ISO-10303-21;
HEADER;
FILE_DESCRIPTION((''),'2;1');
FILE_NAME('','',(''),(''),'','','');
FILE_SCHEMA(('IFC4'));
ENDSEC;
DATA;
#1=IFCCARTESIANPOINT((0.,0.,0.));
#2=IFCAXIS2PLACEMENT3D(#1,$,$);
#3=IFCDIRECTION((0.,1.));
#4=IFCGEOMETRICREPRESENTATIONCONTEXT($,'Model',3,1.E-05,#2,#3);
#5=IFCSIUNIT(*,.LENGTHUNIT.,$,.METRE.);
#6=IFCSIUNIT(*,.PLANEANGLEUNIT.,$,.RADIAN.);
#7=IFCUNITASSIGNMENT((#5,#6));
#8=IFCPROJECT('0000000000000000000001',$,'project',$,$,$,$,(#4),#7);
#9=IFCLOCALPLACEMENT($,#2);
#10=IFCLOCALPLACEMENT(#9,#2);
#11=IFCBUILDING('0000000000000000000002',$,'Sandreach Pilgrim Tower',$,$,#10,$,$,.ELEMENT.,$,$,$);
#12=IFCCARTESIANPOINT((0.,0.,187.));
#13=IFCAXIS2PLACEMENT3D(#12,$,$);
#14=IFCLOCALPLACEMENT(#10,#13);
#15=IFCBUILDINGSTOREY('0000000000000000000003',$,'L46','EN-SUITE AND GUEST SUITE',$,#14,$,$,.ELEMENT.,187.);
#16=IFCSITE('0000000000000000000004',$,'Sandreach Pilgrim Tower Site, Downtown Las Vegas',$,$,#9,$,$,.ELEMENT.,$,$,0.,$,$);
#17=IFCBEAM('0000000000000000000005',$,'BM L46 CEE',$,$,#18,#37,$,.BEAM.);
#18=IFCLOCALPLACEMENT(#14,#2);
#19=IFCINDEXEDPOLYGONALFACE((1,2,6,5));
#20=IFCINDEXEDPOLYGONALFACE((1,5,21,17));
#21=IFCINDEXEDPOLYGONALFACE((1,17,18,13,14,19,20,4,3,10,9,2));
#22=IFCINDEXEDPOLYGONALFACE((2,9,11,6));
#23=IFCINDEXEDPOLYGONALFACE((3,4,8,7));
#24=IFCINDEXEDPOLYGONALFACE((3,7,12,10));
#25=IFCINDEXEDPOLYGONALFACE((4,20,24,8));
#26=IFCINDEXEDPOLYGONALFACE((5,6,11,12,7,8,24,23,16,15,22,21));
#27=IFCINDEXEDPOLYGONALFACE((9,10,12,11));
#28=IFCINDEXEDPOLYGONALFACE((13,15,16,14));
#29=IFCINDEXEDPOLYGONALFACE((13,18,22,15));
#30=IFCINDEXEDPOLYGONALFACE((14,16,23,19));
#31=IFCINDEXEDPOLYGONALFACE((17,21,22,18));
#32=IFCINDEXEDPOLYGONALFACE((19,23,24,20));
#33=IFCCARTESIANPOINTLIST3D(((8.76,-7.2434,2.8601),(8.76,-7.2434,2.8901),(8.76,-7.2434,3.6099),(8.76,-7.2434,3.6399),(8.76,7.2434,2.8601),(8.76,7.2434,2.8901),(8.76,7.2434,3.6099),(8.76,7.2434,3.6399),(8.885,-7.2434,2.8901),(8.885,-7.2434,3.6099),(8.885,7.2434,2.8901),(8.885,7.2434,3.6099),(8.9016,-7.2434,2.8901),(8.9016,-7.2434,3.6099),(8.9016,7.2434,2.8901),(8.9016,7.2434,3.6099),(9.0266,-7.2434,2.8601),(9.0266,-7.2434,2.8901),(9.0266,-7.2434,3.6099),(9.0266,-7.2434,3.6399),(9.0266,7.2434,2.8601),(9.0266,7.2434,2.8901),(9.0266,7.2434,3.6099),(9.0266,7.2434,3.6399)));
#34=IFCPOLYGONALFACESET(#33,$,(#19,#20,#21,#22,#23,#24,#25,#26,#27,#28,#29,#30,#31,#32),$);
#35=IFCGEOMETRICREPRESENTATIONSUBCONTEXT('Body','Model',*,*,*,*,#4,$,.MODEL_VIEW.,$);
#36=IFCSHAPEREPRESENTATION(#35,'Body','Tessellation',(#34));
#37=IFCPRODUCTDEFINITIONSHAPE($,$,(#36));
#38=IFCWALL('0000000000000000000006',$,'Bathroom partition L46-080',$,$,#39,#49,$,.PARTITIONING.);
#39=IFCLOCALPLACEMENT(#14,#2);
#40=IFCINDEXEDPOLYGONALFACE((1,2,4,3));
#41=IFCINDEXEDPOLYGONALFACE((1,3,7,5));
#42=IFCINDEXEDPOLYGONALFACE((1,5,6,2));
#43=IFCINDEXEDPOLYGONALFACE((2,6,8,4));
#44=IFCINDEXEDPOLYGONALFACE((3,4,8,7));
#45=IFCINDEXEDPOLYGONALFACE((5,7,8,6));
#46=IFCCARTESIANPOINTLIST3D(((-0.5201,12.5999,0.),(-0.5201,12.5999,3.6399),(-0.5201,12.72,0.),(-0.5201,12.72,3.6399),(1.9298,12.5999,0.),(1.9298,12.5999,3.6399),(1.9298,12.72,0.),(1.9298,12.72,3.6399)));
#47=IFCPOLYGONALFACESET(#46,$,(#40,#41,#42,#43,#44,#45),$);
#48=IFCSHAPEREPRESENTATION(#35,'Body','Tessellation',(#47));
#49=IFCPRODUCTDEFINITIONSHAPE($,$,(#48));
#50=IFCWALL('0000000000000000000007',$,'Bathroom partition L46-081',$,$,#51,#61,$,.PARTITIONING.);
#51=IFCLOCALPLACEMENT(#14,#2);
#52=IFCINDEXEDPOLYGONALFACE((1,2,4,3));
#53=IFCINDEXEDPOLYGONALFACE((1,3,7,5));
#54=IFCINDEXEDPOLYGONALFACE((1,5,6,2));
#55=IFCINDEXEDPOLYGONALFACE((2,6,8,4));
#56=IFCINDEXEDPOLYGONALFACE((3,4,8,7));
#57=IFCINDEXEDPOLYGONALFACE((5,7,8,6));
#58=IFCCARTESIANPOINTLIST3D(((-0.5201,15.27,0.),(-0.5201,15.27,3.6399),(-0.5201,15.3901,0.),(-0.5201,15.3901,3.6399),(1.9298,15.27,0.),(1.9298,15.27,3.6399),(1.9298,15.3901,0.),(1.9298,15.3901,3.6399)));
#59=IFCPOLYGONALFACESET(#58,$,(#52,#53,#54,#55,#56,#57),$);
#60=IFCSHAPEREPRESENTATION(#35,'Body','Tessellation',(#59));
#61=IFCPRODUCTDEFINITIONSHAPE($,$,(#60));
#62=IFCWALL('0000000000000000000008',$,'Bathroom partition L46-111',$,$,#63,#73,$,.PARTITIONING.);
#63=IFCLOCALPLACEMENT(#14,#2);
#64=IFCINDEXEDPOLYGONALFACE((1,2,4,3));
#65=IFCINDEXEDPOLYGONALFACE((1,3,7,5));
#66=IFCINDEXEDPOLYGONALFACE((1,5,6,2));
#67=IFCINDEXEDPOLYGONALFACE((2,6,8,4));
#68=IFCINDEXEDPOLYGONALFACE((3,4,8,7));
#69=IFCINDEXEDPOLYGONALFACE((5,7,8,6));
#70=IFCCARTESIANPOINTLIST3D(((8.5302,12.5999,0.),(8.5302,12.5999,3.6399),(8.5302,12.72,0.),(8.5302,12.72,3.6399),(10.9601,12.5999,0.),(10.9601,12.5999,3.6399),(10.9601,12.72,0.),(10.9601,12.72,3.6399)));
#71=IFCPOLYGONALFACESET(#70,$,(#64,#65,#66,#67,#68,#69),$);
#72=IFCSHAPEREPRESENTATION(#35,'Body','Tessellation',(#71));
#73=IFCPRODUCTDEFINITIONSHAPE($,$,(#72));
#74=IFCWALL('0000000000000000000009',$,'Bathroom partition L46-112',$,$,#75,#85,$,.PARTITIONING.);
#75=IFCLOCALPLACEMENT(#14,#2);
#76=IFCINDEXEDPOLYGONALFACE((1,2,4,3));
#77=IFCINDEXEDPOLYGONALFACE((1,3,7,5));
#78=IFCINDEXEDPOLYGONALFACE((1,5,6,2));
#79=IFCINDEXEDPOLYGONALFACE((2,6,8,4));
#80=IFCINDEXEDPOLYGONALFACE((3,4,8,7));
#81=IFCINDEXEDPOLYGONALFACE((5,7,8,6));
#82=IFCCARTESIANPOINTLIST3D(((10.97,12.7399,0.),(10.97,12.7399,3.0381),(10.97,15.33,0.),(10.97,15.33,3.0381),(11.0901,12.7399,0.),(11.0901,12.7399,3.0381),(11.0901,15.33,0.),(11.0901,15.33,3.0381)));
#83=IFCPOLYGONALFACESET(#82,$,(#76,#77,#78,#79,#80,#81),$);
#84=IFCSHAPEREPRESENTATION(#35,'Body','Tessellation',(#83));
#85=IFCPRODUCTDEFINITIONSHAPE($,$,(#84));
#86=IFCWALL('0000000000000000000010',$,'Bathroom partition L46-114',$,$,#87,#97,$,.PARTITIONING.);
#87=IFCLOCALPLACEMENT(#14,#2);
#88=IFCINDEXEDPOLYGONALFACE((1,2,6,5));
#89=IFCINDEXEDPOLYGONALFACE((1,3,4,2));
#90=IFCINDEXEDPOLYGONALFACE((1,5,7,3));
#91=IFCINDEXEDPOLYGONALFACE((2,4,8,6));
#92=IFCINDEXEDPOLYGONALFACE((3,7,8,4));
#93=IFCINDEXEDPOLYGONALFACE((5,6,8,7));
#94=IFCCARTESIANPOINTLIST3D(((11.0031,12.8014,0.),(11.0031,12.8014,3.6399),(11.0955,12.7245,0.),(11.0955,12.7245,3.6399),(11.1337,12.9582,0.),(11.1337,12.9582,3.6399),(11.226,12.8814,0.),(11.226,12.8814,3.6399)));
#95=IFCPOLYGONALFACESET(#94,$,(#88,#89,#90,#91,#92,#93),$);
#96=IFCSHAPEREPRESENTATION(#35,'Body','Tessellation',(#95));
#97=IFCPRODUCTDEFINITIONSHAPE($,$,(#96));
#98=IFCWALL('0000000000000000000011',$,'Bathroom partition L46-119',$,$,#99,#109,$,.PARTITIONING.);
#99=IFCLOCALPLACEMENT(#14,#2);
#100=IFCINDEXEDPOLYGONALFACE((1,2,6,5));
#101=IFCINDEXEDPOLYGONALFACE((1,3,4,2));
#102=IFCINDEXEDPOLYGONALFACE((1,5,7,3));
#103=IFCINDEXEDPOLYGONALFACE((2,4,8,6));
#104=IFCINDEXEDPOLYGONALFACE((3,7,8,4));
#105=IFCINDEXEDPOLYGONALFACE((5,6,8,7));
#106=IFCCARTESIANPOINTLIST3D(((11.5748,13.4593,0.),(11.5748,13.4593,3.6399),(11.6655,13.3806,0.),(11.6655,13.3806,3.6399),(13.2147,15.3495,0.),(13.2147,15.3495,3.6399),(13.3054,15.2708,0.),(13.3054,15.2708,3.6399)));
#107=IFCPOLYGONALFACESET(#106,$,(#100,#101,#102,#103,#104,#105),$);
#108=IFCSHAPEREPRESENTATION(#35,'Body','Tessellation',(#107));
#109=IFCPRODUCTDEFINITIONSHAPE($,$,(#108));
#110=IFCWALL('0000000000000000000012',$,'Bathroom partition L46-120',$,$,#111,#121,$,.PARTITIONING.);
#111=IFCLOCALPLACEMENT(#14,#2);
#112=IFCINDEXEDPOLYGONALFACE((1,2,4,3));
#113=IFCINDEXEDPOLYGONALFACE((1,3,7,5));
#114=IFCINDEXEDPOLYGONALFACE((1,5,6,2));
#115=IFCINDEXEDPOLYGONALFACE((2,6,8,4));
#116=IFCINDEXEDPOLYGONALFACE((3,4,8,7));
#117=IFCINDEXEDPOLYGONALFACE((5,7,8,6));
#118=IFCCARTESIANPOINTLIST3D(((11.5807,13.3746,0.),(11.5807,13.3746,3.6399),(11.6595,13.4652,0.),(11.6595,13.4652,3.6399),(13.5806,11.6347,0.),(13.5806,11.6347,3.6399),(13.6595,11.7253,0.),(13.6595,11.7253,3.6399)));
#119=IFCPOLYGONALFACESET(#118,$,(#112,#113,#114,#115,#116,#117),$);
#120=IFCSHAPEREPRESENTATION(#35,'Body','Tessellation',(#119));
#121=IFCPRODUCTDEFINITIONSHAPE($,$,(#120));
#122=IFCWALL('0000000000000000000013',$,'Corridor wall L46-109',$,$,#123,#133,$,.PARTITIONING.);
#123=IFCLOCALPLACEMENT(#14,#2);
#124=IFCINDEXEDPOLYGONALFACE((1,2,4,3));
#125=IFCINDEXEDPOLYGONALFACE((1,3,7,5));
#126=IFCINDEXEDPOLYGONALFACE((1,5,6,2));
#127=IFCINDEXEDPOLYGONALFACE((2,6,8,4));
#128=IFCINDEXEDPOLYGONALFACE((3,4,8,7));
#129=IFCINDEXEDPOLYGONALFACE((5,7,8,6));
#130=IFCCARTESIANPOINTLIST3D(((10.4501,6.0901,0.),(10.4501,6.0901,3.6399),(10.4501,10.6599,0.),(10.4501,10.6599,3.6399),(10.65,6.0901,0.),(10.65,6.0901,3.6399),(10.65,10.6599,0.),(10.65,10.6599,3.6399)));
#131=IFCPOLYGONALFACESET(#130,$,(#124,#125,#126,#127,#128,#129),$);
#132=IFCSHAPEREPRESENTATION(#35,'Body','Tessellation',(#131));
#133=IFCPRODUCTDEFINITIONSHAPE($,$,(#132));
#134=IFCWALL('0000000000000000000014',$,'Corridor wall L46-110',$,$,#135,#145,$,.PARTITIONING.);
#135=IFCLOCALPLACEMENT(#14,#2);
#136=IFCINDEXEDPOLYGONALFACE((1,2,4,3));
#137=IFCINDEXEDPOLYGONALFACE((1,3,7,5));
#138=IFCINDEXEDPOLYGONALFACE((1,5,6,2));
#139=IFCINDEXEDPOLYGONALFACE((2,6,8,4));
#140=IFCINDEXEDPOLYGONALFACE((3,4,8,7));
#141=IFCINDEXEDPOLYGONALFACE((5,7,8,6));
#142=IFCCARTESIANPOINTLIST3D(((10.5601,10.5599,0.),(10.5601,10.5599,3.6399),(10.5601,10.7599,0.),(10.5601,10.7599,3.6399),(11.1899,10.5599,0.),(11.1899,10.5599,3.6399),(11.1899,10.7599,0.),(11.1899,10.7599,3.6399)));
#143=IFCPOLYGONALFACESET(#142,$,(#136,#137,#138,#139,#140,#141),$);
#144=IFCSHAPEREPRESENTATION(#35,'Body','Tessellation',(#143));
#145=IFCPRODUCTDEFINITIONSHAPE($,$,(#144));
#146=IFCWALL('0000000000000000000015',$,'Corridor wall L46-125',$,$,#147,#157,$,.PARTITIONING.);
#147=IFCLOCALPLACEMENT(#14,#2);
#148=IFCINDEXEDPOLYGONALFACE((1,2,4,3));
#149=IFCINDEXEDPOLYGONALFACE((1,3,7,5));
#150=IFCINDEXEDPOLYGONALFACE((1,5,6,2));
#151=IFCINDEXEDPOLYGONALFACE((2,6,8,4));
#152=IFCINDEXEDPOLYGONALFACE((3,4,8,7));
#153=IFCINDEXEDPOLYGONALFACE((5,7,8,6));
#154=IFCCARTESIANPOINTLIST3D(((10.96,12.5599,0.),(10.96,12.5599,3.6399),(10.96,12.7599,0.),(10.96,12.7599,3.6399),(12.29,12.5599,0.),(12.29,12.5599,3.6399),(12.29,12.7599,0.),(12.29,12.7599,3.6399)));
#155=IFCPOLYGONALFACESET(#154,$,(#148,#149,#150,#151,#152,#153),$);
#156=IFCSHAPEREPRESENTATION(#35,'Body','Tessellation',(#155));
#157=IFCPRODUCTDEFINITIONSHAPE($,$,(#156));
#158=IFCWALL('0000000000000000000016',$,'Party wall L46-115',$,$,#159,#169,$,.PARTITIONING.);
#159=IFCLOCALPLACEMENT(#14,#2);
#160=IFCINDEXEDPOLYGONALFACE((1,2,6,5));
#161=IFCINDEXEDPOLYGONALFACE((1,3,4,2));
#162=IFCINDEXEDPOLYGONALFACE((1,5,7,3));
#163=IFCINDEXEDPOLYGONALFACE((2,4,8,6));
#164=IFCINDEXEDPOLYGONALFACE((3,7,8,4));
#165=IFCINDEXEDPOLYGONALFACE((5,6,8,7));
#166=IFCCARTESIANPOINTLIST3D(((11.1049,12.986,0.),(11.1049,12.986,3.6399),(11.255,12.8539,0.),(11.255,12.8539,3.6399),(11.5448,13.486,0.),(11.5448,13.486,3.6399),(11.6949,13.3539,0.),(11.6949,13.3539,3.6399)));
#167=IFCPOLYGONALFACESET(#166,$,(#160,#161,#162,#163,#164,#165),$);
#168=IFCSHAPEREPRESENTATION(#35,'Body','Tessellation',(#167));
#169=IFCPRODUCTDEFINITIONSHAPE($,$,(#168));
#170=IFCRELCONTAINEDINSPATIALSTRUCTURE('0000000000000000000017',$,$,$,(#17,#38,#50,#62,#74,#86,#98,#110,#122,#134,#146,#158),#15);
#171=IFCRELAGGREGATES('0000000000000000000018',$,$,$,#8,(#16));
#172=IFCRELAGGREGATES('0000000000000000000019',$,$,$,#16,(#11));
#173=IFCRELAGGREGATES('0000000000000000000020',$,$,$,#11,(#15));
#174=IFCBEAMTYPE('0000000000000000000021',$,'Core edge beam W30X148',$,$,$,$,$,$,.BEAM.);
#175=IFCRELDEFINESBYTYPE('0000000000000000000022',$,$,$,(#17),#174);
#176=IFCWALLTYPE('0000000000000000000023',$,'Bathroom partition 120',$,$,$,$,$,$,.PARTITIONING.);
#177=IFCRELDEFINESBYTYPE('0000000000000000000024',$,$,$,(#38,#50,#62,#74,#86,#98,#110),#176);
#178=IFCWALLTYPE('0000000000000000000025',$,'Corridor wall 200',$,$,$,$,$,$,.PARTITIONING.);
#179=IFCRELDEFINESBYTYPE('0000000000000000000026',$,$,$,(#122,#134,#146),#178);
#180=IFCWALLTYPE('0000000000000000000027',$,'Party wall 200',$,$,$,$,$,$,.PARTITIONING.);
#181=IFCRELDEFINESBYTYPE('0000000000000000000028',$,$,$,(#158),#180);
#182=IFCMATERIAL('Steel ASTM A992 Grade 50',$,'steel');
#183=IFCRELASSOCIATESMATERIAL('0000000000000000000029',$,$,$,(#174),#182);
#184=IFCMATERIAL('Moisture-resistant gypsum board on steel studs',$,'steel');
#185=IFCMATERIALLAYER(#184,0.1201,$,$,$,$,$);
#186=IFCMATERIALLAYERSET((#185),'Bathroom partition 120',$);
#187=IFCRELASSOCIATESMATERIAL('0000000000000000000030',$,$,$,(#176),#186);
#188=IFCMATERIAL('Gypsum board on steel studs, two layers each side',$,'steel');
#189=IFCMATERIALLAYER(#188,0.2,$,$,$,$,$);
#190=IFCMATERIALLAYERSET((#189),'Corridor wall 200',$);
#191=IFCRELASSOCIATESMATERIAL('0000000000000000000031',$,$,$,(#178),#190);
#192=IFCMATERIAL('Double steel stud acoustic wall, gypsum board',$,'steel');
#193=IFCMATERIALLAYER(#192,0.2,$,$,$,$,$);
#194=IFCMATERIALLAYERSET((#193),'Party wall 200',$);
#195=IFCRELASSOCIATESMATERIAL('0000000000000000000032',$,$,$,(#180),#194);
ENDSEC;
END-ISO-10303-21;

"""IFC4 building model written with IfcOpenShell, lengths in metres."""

from ifc_helpers import new_model, si_unit, direction, frame, frame_2d, origin, origin_2d, place, context, subcontext, project, spatial, rectangle, i_section, extrude, material, layer, layer_set, material_profile, profile_set, type_object, element, save


model = new_model("IFC4")

# Units and contexts
model_context = context("Model", 3, precision=1e-05, world=origin(), true_north=direction((0.0, 1.0)))
body_context = subcontext(model_context, "Body", "Model", "MODEL_VIEW")
ifc_project = project(units=[si_unit("LENGTHUNIT", "METRE"), si_unit("PLANEANGLEUNIT", "RADIAN")], contexts=[model_context])

# Site, building, storey
site_placement = place(None, origin())
site = spatial("IfcSite", under=ifc_project, at=site_placement, Name="Sandreach Pilgrim Tower Site, Downtown Las Vegas", CompositionType="ELEMENT", RefElevation=0.0)
building_placement = place(site_placement, origin())
building = spatial("IfcBuilding", under=site, at=building_placement, Name="Sandreach Pilgrim Tower", CompositionType="ELEMENT")
storey_placement = place(building_placement, frame((0.0, 0.0, 187.0)))
storey = spatial("IfcBuildingStorey", under=building, at=storey_placement, Name="L46", Description="EN-SUITE AND GUEST SUITE", CompositionType="ELEMENT", Elevation=187.0)

# Beam
ifc_material_1 = material(Name="Steel ASTM A992 Grade 50", Category="steel")
ifc_material_profile = material_profile(ifc_material_1, i_section(OverallWidth=0.2666, OverallDepth=0.7798, WebThickness=0.0166, FlangeThickness=0.03, at=origin_2d()), Name="W30X148")
ifc_profile_set = profile_set([ifc_material_profile], Name="Steel ASTM A992 Grade 50")
beam_type = type_object("IfcBeamType", Name="Core edge beam W30X148", PredefinedType="BEAM", material=ifc_profile_set)
beam_placement = place(storey_placement, frame((8.8933, 7.2434, 3.25), z_axis=(0.0, -1.0, 0.0), x_axis=(1.0, 0.0, 0.0)))
element("IfcBeam", 1, at=beam_placement, inside=storey, type_object=beam_type, Name="BM L46 CEE", PredefinedType="BEAM", context=body_context, shape_type="SweptSolid", body=[
    extrude(i_section(OverallWidth=0.2666, OverallDepth=0.7798, WebThickness=0.0166, FlangeThickness=0.03, at=origin_2d()), origin(), (0.0, 0.0, 1.0), 14.4868),
])

# Walls
ifc_material_2 = material(Name="Moisture-resistant gypsum board on steel studs", Category="steel")
ifc_layer_1 = layer(ifc_material_2, 0.1201)
ifc_layer_set_1 = layer_set([ifc_layer_1], Name="Bathroom partition 120")
wall_type_1 = type_object("IfcWallType", Name="Bathroom partition 120", PredefinedType="PARTITIONING", material=ifc_layer_set_1)
for number, where, z_axis, x_axis, name in (
    (2, (1.9299, 12.6599, 0.0), (0.0, 0.0, 1.0), (-1.0, 0.0, 0.0), "Bathroom partition L46-080"),
    (3, (1.9299, 15.3301, 0.0), (0.0, 0.0, 1.0), (-1.0, 0.0, 0.0), "Bathroom partition L46-081"),
):
    element("IfcWall", number, at=place(storey_placement, frame(where, z_axis=z_axis, x_axis=x_axis)), inside=storey, type_object=wall_type_1, Name=name, PredefinedType="PARTITIONING", context=body_context, shape_type="SweptSolid", body=[
        extrude(rectangle(XDim=2.45, YDim=0.1201, at=frame_2d((1.2251, 0.0))), origin(), (0.0, 0.0, 1.0), 3.6399),
    ])
wall_1_placement = place(storey_placement, frame((10.96, 12.6599, 0.0), z_axis=(0.0, 0.0, 1.0), x_axis=(-1.0, 0.0, 0.0)))
element("IfcWall", 4, at=wall_1_placement, inside=storey, type_object=wall_type_1, Name="Bathroom partition L46-111", PredefinedType="PARTITIONING", context=body_context, shape_type="SweptSolid", body=[
    extrude(rectangle(XDim=2.4299, YDim=0.1201, at=frame_2d((1.2148, 0.0))), origin(), (0.0, 0.0, 1.0), 3.6399),
])
wall_2_placement = place(storey_placement, frame((11.03, 12.74, 0.0), z_axis=(0.0, 0.0, 1.0), x_axis=(0.0, 1.0, 0.0)))
element("IfcWall", 5, at=wall_2_placement, inside=storey, type_object=wall_type_1, Name="Bathroom partition L46-112", PredefinedType="PARTITIONING", context=body_context, shape_type="SweptSolid", body=[
    extrude(rectangle(XDim=2.5901, YDim=0.1201, at=frame_2d((1.2949, 0.0))), origin(), (0.0, 0.0, 1.0), 3.0381),
])
wall_3_placement = place(storey_placement, frame((11.0493, 12.7629, 0.0), z_axis=(0.0, 0.0, 1.0), x_axis=(0.639596, 0.768711, 0.0)))
element("IfcWall", 6, at=wall_3_placement, inside=storey, type_object=wall_type_1, Name="Bathroom partition L46-114", PredefinedType="PARTITIONING", context=body_context, shape_type="SweptSolid", body=[
    extrude(rectangle(XDim=0.2041, YDim=0.1201, at=frame_2d((0.1021, 0.0))), origin(), (0.0, 0.0, 1.0), 3.6399),
])
wall_4_placement = place(storey_placement, frame((11.6201, 13.4199, 0.0), z_axis=(0.0, 0.0, 1.0), x_axis=(0.655335, 0.755338, 0.0)))
element("IfcWall", 7, at=wall_4_placement, inside=storey, type_object=wall_type_1, Name="Bathroom partition L46-119", PredefinedType="PARTITIONING", context=body_context, shape_type="SweptSolid", body=[
    extrude(rectangle(XDim=2.5024, YDim=0.1201, at=frame_2d((1.2512, 0.0))), origin(), (0.0, 0.0, 1.0), 3.6399),
])
wall_5_placement = place(storey_placement, frame((11.6201, 13.4199, 0.0), z_axis=(0.0, 0.0, 1.0), x_axis=(0.754445, -0.656363, 0.0)))
element("IfcWall", 8, at=wall_5_placement, inside=storey, type_object=wall_type_1, Name="Bathroom partition L46-120", PredefinedType="PARTITIONING", context=body_context, shape_type="SweptSolid", body=[
    extrude(rectangle(XDim=2.6509, YDim=0.1201, at=frame_2d((1.3254, 0.0))), origin(), (0.0, 0.0, 1.0), 3.6399),
])

# Shared definitions
ifc_material_3 = material(Name="Gypsum board on steel studs, two layers each side", Category="steel")
ifc_layer_2 = layer(ifc_material_3, 0.2)
ifc_layer_set_2 = layer_set([ifc_layer_2], Name="Corridor wall 200")
wall_type_2 = type_object("IfcWallType", Name="Corridor wall 200", PredefinedType="PARTITIONING", material=ifc_layer_set_2)

# Walls
wall_6_placement = place(storey_placement, frame((10.55, 6.0901, 0.0), z_axis=(0.0, 0.0, 1.0), x_axis=(0.0, 1.0, 0.0)))
element("IfcWall", 9, at=wall_6_placement, inside=storey, type_object=wall_type_2, Name="Corridor wall L46-109", PredefinedType="PARTITIONING", context=body_context, shape_type="SweptSolid", body=[
    extrude(rectangle(XDim=4.5698, YDim=0.2, at=frame_2d((2.2849, 0.0))), origin(), (0.0, 0.0, 1.0), 3.6399),
])
wall_7_placement = place(storey_placement, frame((10.5601, 10.6599, 0.0), z_axis=(0.0, 0.0, 1.0), x_axis=(1.0, 0.0, 0.0)))
element("IfcWall", 10, at=wall_7_placement, inside=storey, type_object=wall_type_2, Name="Corridor wall L46-110", PredefinedType="PARTITIONING", context=body_context, shape_type="SweptSolid", body=[
    extrude(rectangle(XDim=0.6299, YDim=0.2, at=frame_2d((0.3149, 0.0))), origin(), (0.0, 0.0, 1.0), 3.6399),
])

# Wall
wall_8_placement = place(storey_placement, frame((12.29, 12.6599, 0.0), z_axis=(0.0, 0.0, 1.0), x_axis=(-1.0, 0.0, 0.0)))
element("IfcWall", 11, at=wall_8_placement, inside=storey, type_object=wall_type_2, Name="Corridor wall L46-125", PredefinedType="PARTITIONING", context=body_context, shape_type="SweptSolid", body=[
    extrude(rectangle(XDim=1.3301, YDim=0.2, at=frame_2d((0.665, 0.0))), origin(), (0.0, 0.0, 1.0), 3.6399),
])

# Wall
ifc_material_4 = material(Name="Double steel stud acoustic wall, gypsum board", Category="steel")
ifc_layer_3 = layer(ifc_material_4, 0.2)
ifc_layer_set_3 = layer_set([ifc_layer_3], Name="Party wall 200")
wall_type_3 = type_object("IfcWallType", Name="Party wall 200", PredefinedType="PARTITIONING", material=ifc_layer_set_3)
wall_9_placement = place(storey_placement, frame((11.1799, 12.9199, 0.0), z_axis=(0.0, 0.0, 1.0), x_axis=(0.660578, 0.750757, 0.0)))
element("IfcWall", 12, at=wall_9_placement, inside=storey, type_object=wall_type_3, Name="Party wall L46-115", PredefinedType="PARTITIONING", context=body_context, shape_type="SweptSolid", body=[
    extrude(rectangle(XDim=0.666, YDim=0.2, at=frame_2d((0.333, 0.0))), origin(), (0.0, 0.0, 1.0), 3.6399),
])

save(model, "model.ifc")
